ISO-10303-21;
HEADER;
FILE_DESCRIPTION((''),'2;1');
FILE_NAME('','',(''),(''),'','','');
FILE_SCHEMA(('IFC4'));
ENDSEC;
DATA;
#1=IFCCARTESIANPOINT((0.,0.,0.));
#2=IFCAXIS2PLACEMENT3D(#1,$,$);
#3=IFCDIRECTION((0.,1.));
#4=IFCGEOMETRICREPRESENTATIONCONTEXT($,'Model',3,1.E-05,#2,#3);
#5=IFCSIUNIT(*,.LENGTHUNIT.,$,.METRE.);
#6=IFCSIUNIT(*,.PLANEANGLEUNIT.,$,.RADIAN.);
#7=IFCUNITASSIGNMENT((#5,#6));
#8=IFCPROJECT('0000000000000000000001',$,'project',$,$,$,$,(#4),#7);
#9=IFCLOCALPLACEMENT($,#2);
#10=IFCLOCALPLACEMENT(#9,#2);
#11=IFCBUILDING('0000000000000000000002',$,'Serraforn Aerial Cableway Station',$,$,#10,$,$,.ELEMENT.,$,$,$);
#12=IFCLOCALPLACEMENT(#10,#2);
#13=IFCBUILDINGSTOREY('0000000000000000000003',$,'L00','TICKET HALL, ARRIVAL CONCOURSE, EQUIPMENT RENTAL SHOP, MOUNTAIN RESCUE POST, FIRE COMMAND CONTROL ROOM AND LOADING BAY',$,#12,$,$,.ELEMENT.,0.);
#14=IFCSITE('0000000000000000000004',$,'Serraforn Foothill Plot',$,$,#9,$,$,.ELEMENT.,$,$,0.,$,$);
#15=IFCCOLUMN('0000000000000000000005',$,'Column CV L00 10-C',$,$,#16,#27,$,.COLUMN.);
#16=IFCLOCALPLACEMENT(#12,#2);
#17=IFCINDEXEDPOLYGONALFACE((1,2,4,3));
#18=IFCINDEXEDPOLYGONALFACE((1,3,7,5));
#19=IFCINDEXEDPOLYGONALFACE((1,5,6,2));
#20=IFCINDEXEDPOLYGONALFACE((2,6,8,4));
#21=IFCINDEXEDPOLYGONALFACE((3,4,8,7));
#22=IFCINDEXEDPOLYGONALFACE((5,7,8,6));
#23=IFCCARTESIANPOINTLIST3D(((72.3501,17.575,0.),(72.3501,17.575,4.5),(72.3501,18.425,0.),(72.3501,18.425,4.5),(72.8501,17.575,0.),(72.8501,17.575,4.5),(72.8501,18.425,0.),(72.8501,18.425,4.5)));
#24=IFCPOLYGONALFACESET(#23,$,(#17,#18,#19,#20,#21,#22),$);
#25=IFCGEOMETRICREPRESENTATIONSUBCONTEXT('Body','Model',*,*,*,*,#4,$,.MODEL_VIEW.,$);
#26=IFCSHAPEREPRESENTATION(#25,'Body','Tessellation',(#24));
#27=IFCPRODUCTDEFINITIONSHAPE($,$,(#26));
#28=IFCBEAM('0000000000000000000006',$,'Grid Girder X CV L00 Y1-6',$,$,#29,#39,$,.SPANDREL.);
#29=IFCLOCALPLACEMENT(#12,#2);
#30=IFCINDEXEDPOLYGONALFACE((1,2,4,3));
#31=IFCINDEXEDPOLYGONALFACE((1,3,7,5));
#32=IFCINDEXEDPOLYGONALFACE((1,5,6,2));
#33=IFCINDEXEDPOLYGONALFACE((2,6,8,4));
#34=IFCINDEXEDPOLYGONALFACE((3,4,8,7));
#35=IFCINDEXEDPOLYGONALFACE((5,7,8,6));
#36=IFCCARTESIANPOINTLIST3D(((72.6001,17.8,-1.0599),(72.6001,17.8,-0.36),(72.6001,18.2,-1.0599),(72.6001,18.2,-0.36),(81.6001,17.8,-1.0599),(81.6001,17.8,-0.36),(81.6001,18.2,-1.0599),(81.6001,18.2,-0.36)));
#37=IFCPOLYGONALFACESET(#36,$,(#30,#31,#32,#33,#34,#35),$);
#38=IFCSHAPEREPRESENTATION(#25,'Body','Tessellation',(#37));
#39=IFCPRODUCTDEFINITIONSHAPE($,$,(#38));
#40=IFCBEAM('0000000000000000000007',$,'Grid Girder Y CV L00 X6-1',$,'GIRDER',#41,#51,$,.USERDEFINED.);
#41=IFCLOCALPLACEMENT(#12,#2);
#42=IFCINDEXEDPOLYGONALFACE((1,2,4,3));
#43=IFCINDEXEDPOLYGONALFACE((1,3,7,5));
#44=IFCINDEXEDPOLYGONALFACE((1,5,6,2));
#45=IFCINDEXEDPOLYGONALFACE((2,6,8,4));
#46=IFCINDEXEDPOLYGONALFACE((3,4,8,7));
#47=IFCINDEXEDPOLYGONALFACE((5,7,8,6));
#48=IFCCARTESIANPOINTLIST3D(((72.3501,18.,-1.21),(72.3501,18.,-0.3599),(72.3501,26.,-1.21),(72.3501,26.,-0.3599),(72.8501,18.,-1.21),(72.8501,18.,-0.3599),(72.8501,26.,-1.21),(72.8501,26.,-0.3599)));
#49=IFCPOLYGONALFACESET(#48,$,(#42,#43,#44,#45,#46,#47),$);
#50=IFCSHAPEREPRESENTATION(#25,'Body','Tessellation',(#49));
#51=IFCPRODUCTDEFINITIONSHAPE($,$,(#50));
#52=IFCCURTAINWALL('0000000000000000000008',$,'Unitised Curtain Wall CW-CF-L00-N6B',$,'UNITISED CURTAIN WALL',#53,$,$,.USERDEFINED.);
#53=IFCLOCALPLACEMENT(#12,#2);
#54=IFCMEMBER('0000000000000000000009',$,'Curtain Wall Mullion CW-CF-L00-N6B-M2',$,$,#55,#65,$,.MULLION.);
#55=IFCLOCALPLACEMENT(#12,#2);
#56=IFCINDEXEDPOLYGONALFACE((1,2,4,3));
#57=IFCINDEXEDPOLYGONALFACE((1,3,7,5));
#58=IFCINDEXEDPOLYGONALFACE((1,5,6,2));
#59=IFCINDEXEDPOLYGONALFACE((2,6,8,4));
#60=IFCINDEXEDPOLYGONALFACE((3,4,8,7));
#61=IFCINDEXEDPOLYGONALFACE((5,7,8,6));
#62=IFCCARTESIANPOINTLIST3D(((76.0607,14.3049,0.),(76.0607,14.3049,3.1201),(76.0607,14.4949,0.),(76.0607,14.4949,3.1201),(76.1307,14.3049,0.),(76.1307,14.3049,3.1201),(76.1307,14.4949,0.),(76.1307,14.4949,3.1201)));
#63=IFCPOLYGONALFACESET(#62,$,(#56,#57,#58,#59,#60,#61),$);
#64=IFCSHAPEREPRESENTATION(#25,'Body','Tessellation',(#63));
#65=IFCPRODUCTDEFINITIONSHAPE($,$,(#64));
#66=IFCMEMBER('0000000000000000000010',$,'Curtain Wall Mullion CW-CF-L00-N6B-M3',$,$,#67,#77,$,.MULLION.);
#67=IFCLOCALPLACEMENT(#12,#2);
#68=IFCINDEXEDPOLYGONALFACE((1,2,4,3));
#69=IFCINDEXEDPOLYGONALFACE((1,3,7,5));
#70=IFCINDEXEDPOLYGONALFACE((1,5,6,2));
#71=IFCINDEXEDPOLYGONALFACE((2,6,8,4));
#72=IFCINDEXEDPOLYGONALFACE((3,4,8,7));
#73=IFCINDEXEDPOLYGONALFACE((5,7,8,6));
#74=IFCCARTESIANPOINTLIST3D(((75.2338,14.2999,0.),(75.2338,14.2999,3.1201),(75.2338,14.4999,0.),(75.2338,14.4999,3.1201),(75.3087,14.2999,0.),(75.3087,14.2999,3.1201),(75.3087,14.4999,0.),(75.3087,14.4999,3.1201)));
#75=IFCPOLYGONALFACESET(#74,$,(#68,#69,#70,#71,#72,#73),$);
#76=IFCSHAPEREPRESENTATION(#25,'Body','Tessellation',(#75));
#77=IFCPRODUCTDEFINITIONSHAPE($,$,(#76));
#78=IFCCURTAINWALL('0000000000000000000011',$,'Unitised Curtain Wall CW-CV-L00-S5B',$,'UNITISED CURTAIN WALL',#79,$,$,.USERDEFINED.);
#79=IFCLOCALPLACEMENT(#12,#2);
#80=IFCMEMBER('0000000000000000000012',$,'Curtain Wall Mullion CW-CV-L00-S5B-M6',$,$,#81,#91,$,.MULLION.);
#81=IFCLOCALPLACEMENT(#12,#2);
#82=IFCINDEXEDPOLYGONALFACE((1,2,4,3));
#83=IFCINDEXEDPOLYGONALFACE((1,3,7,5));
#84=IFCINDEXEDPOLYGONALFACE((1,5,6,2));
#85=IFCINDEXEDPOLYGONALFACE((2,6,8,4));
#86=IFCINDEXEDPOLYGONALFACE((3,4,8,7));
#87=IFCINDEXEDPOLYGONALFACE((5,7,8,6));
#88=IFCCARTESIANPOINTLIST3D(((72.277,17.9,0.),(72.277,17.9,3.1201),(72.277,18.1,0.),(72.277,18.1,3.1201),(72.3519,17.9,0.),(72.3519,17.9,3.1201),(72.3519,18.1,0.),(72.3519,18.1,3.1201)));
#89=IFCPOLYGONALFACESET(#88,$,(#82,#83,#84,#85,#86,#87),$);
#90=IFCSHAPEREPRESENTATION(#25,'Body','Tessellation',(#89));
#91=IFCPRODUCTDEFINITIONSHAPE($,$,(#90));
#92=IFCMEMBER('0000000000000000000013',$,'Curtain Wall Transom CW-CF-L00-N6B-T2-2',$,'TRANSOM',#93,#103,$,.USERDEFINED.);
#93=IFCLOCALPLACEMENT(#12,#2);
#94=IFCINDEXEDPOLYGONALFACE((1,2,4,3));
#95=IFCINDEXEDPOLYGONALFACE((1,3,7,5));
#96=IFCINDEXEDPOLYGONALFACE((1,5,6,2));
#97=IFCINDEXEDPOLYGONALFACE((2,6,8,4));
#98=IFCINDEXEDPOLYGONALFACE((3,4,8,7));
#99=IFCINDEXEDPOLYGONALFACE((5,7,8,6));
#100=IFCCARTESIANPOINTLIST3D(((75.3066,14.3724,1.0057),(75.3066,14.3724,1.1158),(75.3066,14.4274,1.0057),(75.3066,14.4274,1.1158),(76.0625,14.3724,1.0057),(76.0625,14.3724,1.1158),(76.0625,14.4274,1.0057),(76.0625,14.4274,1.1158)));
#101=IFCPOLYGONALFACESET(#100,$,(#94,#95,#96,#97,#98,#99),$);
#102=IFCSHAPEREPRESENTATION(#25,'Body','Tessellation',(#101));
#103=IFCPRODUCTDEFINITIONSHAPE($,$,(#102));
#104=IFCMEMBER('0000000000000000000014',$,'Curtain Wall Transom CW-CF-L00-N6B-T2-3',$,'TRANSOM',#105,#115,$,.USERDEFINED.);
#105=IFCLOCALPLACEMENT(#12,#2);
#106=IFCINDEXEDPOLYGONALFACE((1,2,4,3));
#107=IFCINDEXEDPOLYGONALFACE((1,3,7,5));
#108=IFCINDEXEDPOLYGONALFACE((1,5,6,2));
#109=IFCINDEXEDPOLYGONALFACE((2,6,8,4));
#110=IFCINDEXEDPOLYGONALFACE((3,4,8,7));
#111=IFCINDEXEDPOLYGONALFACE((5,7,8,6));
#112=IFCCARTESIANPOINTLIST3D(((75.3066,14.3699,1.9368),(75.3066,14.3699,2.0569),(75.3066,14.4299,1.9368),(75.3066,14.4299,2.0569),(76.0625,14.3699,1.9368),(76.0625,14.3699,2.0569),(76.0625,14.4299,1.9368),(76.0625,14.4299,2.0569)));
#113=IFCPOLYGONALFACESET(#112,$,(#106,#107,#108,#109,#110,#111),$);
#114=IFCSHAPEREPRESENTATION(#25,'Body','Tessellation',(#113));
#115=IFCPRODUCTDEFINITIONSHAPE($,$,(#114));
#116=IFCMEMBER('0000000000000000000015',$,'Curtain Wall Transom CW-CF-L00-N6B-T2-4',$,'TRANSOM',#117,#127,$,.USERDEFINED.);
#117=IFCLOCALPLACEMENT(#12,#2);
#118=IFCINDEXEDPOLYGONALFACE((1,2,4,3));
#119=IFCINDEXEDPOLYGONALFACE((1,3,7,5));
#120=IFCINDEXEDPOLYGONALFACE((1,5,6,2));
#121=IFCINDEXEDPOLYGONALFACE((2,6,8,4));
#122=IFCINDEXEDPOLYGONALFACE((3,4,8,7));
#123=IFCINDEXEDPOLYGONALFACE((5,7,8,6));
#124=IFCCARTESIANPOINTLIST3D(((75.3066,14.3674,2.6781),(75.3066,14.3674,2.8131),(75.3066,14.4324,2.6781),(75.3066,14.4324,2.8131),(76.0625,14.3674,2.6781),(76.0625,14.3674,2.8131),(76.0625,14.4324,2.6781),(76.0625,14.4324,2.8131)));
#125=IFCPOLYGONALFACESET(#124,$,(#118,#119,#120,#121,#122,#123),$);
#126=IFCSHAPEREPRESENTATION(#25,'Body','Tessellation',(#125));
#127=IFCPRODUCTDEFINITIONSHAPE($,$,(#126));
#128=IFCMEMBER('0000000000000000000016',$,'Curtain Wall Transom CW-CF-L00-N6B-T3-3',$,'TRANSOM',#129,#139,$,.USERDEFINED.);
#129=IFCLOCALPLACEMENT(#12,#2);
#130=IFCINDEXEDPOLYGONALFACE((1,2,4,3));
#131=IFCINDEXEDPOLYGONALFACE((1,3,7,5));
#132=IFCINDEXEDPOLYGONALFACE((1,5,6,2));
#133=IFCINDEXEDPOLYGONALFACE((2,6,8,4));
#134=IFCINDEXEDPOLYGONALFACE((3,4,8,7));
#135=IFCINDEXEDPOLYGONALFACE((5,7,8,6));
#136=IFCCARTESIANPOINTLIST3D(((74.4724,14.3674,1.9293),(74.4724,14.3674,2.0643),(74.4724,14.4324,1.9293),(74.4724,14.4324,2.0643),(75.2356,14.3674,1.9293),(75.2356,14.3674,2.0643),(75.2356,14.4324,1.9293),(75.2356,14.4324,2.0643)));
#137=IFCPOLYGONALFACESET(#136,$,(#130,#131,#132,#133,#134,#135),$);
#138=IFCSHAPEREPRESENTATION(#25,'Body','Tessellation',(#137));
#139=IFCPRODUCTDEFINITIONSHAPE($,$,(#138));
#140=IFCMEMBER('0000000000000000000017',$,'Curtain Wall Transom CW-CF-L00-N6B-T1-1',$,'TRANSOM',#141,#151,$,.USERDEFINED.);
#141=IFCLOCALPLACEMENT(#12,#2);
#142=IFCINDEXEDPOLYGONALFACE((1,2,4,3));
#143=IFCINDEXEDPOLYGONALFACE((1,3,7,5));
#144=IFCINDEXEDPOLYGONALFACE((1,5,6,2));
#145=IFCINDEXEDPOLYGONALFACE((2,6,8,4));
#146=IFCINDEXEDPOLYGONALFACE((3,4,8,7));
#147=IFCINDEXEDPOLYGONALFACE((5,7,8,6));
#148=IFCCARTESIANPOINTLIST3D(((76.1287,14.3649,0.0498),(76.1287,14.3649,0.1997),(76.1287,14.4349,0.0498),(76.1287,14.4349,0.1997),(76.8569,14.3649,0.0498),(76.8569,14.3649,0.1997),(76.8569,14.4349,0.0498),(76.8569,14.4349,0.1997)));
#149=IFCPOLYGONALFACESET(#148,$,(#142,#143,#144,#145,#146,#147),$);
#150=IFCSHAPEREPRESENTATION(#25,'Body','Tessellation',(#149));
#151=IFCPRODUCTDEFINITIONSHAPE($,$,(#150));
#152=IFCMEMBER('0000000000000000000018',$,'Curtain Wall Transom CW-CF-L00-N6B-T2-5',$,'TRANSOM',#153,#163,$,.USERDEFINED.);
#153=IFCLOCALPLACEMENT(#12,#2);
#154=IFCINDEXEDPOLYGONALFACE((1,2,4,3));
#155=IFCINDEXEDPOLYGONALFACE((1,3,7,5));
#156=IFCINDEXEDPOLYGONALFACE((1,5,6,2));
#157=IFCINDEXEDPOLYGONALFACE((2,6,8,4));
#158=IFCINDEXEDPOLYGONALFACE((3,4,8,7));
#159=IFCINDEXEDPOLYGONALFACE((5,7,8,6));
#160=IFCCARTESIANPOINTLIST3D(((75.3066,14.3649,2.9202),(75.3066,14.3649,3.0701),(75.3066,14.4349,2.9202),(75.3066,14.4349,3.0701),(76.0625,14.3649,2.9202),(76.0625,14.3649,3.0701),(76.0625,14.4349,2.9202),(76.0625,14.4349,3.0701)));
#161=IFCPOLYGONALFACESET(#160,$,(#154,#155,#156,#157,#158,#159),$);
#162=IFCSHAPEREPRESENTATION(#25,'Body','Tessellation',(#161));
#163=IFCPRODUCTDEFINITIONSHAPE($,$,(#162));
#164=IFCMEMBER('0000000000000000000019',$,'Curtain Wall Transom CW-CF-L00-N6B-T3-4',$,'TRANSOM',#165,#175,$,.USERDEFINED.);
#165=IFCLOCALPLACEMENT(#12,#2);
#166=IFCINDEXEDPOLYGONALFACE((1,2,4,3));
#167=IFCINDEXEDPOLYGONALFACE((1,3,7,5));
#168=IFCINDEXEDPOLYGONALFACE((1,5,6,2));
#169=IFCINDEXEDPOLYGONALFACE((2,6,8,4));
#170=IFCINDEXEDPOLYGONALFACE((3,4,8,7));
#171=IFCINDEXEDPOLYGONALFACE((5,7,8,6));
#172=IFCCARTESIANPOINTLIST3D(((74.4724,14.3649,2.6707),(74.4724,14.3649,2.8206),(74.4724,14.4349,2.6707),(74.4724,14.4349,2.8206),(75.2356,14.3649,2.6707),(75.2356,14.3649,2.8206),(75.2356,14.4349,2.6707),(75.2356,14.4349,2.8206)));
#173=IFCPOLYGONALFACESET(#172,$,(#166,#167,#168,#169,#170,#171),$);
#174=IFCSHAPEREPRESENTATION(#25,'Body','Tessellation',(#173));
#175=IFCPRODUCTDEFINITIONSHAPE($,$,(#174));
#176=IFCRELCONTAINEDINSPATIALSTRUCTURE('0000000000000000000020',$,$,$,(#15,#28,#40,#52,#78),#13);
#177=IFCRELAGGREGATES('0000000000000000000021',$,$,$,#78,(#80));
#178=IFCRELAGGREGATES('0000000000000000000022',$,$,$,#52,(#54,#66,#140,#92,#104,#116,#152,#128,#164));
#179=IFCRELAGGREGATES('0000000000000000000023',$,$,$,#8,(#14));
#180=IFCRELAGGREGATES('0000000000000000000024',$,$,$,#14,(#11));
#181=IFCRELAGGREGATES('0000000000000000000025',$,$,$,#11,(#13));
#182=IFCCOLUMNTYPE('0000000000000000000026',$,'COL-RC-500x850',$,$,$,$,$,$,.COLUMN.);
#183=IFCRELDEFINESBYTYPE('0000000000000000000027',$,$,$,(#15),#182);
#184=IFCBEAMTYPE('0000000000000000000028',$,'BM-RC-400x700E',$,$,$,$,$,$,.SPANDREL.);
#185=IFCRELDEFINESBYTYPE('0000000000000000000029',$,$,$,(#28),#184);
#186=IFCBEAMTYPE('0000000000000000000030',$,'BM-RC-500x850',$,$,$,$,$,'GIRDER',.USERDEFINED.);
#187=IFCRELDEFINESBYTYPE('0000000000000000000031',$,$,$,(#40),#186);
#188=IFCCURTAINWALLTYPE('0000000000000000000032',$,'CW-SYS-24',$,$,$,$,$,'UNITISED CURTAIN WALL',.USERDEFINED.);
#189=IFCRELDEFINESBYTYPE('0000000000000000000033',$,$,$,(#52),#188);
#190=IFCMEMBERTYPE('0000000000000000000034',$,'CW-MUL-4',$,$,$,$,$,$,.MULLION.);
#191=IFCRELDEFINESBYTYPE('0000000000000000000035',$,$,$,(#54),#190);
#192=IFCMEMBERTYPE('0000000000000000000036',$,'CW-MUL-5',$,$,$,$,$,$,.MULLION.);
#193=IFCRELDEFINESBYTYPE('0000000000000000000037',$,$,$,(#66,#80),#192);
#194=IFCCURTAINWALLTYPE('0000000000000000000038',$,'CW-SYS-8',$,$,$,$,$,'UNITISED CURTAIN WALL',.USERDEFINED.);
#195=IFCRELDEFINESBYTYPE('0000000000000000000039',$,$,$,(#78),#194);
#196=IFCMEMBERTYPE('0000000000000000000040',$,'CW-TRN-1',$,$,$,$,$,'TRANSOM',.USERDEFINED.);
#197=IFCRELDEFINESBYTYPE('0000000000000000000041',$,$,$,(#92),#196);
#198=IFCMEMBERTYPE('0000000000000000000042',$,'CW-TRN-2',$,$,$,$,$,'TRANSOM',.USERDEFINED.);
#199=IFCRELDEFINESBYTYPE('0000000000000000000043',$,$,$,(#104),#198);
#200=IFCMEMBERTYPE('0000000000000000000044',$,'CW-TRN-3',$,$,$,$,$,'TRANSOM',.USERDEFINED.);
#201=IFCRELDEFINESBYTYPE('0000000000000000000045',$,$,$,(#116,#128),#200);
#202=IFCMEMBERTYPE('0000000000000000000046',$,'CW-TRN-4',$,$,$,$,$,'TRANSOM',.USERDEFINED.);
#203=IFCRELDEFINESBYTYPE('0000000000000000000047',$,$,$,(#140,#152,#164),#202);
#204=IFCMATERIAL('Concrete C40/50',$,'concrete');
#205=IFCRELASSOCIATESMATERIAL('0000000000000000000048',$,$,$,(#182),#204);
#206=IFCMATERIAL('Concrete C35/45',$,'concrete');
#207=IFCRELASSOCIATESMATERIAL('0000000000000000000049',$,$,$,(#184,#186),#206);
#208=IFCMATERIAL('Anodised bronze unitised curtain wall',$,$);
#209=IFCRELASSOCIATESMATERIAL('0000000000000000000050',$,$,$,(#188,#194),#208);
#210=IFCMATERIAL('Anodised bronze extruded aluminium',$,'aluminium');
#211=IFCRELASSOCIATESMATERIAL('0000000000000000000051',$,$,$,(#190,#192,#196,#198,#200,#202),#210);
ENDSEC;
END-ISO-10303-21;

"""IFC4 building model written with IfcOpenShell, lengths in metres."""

from ifc_helpers import new_model, si_unit, direction, frame, origin, origin_2d, place, context, subcontext, project, spatial, rectangle, extrude, material, material_profile, profile_set, type_object, element, aggregate, save


model = new_model("IFC4")

# Units and contexts
model_context = context("Model", 3, precision=1e-05, world=origin(), true_north=direction((0.0, 1.0)))
body_context = subcontext(model_context, "Body", "Model", "MODEL_VIEW")
ifc_project = project(units=[si_unit("LENGTHUNIT", "METRE"), si_unit("PLANEANGLEUNIT", "RADIAN")], contexts=[model_context])

# Site, building, storey
site_placement = place(None, origin())
site = spatial("IfcSite", under=ifc_project, at=site_placement, Name="Serraforn Foothill Plot", CompositionType="ELEMENT", RefElevation=0.0)
building_placement = place(site_placement, origin())
building = spatial("IfcBuilding", under=site, at=building_placement, Name="Serraforn Aerial Cableway Station", CompositionType="ELEMENT")
storey_placement = place(building_placement, origin())
storey = spatial("IfcBuildingStorey", under=building, at=storey_placement, Name="L00", Description="TICKET HALL, ARRIVAL CONCOURSE, EQUIPMENT RENTAL SHOP, MOUNTAIN RESCUE POST, FIRE COMMAND CONTROL ROOM AND LOADING BAY", CompositionType="ELEMENT", Elevation=0.0)

# Column
ifc_material_1 = material(Name="Concrete C40/50", Category="concrete")
ifc_material_profile_1 = material_profile(ifc_material_1, rectangle(XDim=0.5, YDim=0.8501, at=origin_2d()), Name="RC 500x850")
ifc_profile_set_1 = profile_set([ifc_material_profile_1], Name="Concrete C40/50")
column_type = type_object("IfcColumnType", Name="COL-RC-500x850", PredefinedType="COLUMN", material=ifc_profile_set_1)
column_placement = place(storey_placement, frame((72.6001, 18.0, 0.0), z_axis=(0.0, 0.0, 1.0), x_axis=(1.0, 0.0, 0.0)))
element("IfcColumn", 1, at=column_placement, inside=storey, type_object=column_type, Name="Column CV L00 10-C", PredefinedType="COLUMN", context=body_context, shape_type="SweptSolid", body=[
    extrude(rectangle(XDim=0.5, YDim=0.8501, at=origin_2d()), origin(), (0.0, 0.0, 1.0), 4.5),
])

# Beams
ifc_material_2 = material(Name="Concrete C35/45", Category="concrete")
ifc_material_profile_2 = material_profile(ifc_material_2, rectangle(XDim=0.3999, YDim=0.7, at=origin_2d()), Name="RC 400x700")
ifc_profile_set_2 = profile_set([ifc_material_profile_2], Name="Concrete C35/45")
beam_type_1 = type_object("IfcBeamType", Name="BM-RC-400x700E", PredefinedType="SPANDREL", material=ifc_profile_set_2)
beam_1_placement = place(storey_placement, frame((72.6001, 18.0, -0.71), z_axis=(1.0, 0.0, 0.0), x_axis=(0.0, 1.0, 0.0)))
element("IfcBeam", 2, at=beam_1_placement, inside=storey, type_object=beam_type_1, Name="Grid Girder X CV L00 Y1-6", PredefinedType="SPANDREL", context=body_context, shape_type="SweptSolid", body=[
    extrude(rectangle(XDim=0.3999, YDim=0.7, at=origin_2d()), origin(), (0.0, 0.0, 1.0), 9.0),
])
ifc_material_profile_3 = material_profile(ifc_material_2, rectangle(XDim=0.5, YDim=0.8501, at=origin_2d()), Name="RC 500x850")
ifc_profile_set_3 = profile_set([ifc_material_profile_3], Name="Concrete C35/45")
beam_type_2 = type_object("IfcBeamType", Name="BM-RC-500x850", ElementType="GIRDER", PredefinedType="USERDEFINED", material=ifc_profile_set_3)
beam_2_placement = place(storey_placement, frame((72.6001, 18.0, -0.7849), z_axis=(0.0, 1.0, 0.0), x_axis=(-1.0, 0.0, 0.0)))
element("IfcBeam", 3, at=beam_2_placement, inside=storey, type_object=beam_type_2, Name="Grid Girder Y CV L00 X6-1", ObjectType="GIRDER", PredefinedType="USERDEFINED", context=body_context, shape_type="SweptSolid", body=[
    extrude(rectangle(XDim=0.5, YDim=0.8501, at=origin_2d()), origin(), (0.0, 0.0, 1.0), 8.0),
])

# Curtain wall, members
ifc_material_3 = material(Name="Anodised bronze unitised curtain wall")
curtain_wall_type_1 = type_object("IfcCurtainWallType", Name="CW-SYS-24", ElementType="UNITISED CURTAIN WALL", PredefinedType="USERDEFINED", material=ifc_material_3)
curtain_wall_1_placement = place(storey_placement, origin())
curtain_wall_1 = element("IfcCurtainWall", 4, at=curtain_wall_1_placement, inside=storey, type_object=curtain_wall_type_1, Name="Unitised Curtain Wall CW-CF-L00-N6B", ObjectType="UNITISED CURTAIN WALL", PredefinedType="USERDEFINED")
ifc_material_4 = material(Name="Anodised bronze extruded aluminium", Category="aluminium")
ifc_material_profile_4 = material_profile(ifc_material_4, rectangle(XDim=0.0701, YDim=0.1899, at=origin_2d()), Name="CW MULLION 70x190")
ifc_profile_set_4 = profile_set([ifc_material_profile_4], Name="Anodised bronze extruded aluminium")
member_type_1 = type_object("IfcMemberType", Name="CW-MUL-4", PredefinedType="MULLION", material=ifc_profile_set_4)
member_1_placement = place(storey_placement, frame((76.0957, 14.3999, 0.0), z_axis=(0.0, 0.0, 1.0), x_axis=(-1.0, 0.0, 0.0)))
member_1 = element("IfcMember", 5, at=member_1_placement, type_object=member_type_1, Name="Curtain Wall Mullion CW-CF-L00-N6B-M2", PredefinedType="MULLION", context=body_context, shape_type="SweptSolid", body=[
    extrude(rectangle(XDim=0.0701, YDim=0.1899, at=origin_2d()), origin(), (0.0, 0.0, 1.0), 3.1201),
])
ifc_material_profile_5 = material_profile(ifc_material_4, rectangle(XDim=0.075, YDim=0.2, at=origin_2d()), Name="CW MULLION 75x200")
ifc_profile_set_5 = profile_set([ifc_material_profile_5], Name="Anodised bronze extruded aluminium")
member_type_2 = type_object("IfcMemberType", Name="CW-MUL-5", PredefinedType="MULLION", material=ifc_profile_set_5)
member_2_placement = place(storey_placement, frame((75.2712, 14.3999, 0.0), z_axis=(0.0, 0.0, 1.0), x_axis=(-1.0, 0.0, 0.0)))
member_2 = element("IfcMember", 6, at=member_2_placement, type_object=member_type_2, Name="Curtain Wall Mullion CW-CF-L00-N6B-M3", PredefinedType="MULLION", context=body_context, shape_type="SweptSolid", body=[
    extrude(rectangle(XDim=0.075, YDim=0.2, at=origin_2d()), origin(), (0.0, 0.0, 1.0), 3.1201),
])

# Curtain wall, member
curtain_wall_type_2 = type_object("IfcCurtainWallType", Name="CW-SYS-8", ElementType="UNITISED CURTAIN WALL", PredefinedType="USERDEFINED", material=ifc_material_3)
curtain_wall_2_placement = place(storey_placement, origin())
curtain_wall_2 = element("IfcCurtainWall", 7, at=curtain_wall_2_placement, inside=storey, type_object=curtain_wall_type_2, Name="Unitised Curtain Wall CW-CV-L00-S5B", ObjectType="UNITISED CURTAIN WALL", PredefinedType="USERDEFINED")
member_3_placement = place(storey_placement, frame((72.3145, 18.0, 0.0), z_axis=(0.0, 0.0, 1.0), x_axis=(1.0, 0.0, 0.0)))
member_3 = element("IfcMember", 8, at=member_3_placement, type_object=member_type_2, Name="Curtain Wall Mullion CW-CV-L00-S5B-M6", PredefinedType="MULLION", context=body_context, shape_type="SweptSolid", body=[
    extrude(rectangle(XDim=0.075, YDim=0.2, at=origin_2d()), origin(), (0.0, 0.0, 1.0), 3.1201),
])

# Members
ifc_material_profile_6 = material_profile(ifc_material_4, rectangle(XDim=0.0549, YDim=0.1101, at=origin_2d()), Name="CW TRANSOM 55x110")
ifc_profile_set_6 = profile_set([ifc_material_profile_6], Name="Anodised bronze extruded aluminium")
member_type_3 = type_object("IfcMemberType", Name="CW-TRN-1", ElementType="TRANSOM", PredefinedType="USERDEFINED", material=ifc_profile_set_6)
member_4_placement = place(storey_placement, frame((76.0625, 14.3999, 1.0608), z_axis=(-1.0, 0.0, 0.0), x_axis=(0.0, -1.0, 0.0)))
member_4 = element("IfcMember", 9, at=member_4_placement, type_object=member_type_3, Name="Curtain Wall Transom CW-CF-L00-N6B-T2-2", ObjectType="TRANSOM", PredefinedType="USERDEFINED", context=body_context, shape_type="SweptSolid", body=[
    extrude(rectangle(XDim=0.0549, YDim=0.1101, at=origin_2d()), origin(), (0.0, 0.0, 1.0), 0.7559),
])
ifc_material_profile_7 = material_profile(ifc_material_4, rectangle(XDim=0.0601, YDim=0.1201, at=origin_2d()), Name="CW TRANSOM 60x120")
ifc_profile_set_7 = profile_set([ifc_material_profile_7], Name="Anodised bronze extruded aluminium")
member_type_4 = type_object("IfcMemberType", Name="CW-TRN-2", ElementType="TRANSOM", PredefinedType="USERDEFINED", material=ifc_profile_set_7)
member_5_placement = place(storey_placement, frame((76.0625, 14.3999, 1.9968), z_axis=(-1.0, 0.0, 0.0), x_axis=(0.0, -1.0, 0.0)))
member_5 = element("IfcMember", 10, at=member_5_placement, type_object=member_type_4, Name="Curtain Wall Transom CW-CF-L00-N6B-T2-3", ObjectType="TRANSOM", PredefinedType="USERDEFINED", context=body_context, shape_type="SweptSolid", body=[
    extrude(rectangle(XDim=0.0601, YDim=0.1201, at=origin_2d()), origin(), (0.0, 0.0, 1.0), 0.7559),
])
ifc_material_profile_8 = material_profile(ifc_material_4, rectangle(XDim=0.0649, YDim=0.135, at=origin_2d()), Name="CW TRANSOM 65x135")
ifc_profile_set_8 = profile_set([ifc_material_profile_8], Name="Anodised bronze extruded aluminium")
member_type_5 = type_object("IfcMemberType", Name="CW-TRN-3", ElementType="TRANSOM", PredefinedType="USERDEFINED", material=ifc_profile_set_8)
member_6_placement = place(storey_placement, frame((76.0625, 14.3999, 2.7456), z_axis=(-1.0, 0.0, 0.0), x_axis=(0.0, -1.0, 0.0)))
member_6 = element("IfcMember", 11, at=member_6_placement, type_object=member_type_5, Name="Curtain Wall Transom CW-CF-L00-N6B-T2-4", ObjectType="TRANSOM", PredefinedType="USERDEFINED", context=body_context, shape_type="SweptSolid", body=[
    extrude(rectangle(XDim=0.0649, YDim=0.135, at=origin_2d()), origin(), (0.0, 0.0, 1.0), 0.7559),
])
member_7_placement = place(storey_placement, frame((75.2356, 14.3999, 1.9968), z_axis=(-1.0, 0.0, 0.0), x_axis=(0.0, -1.0, 0.0)))
member_7 = element("IfcMember", 12, at=member_7_placement, type_object=member_type_5, Name="Curtain Wall Transom CW-CF-L00-N6B-T3-3", ObjectType="TRANSOM", PredefinedType="USERDEFINED", context=body_context, shape_type="SweptSolid", body=[
    extrude(rectangle(XDim=0.0649, YDim=0.135, at=origin_2d()), origin(), (0.0, 0.0, 1.0), 0.7632),
])
ifc_material_profile_9 = material_profile(ifc_material_4, rectangle(XDim=0.0701, YDim=0.1499, at=origin_2d()), Name="CW TRANSOM 70x150")
ifc_profile_set_9 = profile_set([ifc_material_profile_9], Name="Anodised bronze extruded aluminium")
member_type_6 = type_object("IfcMemberType", Name="CW-TRN-4", ElementType="TRANSOM", PredefinedType="USERDEFINED", material=ifc_profile_set_9)
member_8_placement = place(storey_placement, frame((76.8569, 14.3999, 0.1248), z_axis=(-1.0, 0.0, 0.0), x_axis=(0.0, -1.0, 0.0)))
member_8 = element("IfcMember", 13, at=member_8_placement, type_object=member_type_6, Name="Curtain Wall Transom CW-CF-L00-N6B-T1-1", ObjectType="TRANSOM", PredefinedType="USERDEFINED", context=body_context, shape_type="SweptSolid", body=[
    extrude(rectangle(XDim=0.0701, YDim=0.1499, at=origin_2d()), origin(), (0.0, 0.0, 1.0), 0.7283),
])
member_9_placement = place(storey_placement, frame((76.0625, 14.3999, 2.9951), z_axis=(-1.0, 0.0, 0.0), x_axis=(0.0, -1.0, 0.0)))
member_9 = element("IfcMember", 14, at=member_9_placement, type_object=member_type_6, Name="Curtain Wall Transom CW-CF-L00-N6B-T2-5", ObjectType="TRANSOM", PredefinedType="USERDEFINED", context=body_context, shape_type="SweptSolid", body=[
    extrude(rectangle(XDim=0.0701, YDim=0.1499, at=origin_2d()), origin(), (0.0, 0.0, 1.0), 0.7559),
])
member_10_placement = place(storey_placement, frame((75.2356, 14.3999, 2.7456), z_axis=(-1.0, 0.0, 0.0), x_axis=(0.0, -1.0, 0.0)))
member_10 = element("IfcMember", 15, at=member_10_placement, type_object=member_type_6, Name="Curtain Wall Transom CW-CF-L00-N6B-T3-4", ObjectType="TRANSOM", PredefinedType="USERDEFINED", context=body_context, shape_type="SweptSolid", body=[
    extrude(rectangle(XDim=0.0701, YDim=0.1499, at=origin_2d()), origin(), (0.0, 0.0, 1.0), 0.7632),
])

aggregate(curtain_wall_2, [member_3])
aggregate(curtain_wall_1, [member_1, member_2, member_8, member_4, member_5, member_6, member_9, member_7, member_10])

save(model, "model.ifc")
